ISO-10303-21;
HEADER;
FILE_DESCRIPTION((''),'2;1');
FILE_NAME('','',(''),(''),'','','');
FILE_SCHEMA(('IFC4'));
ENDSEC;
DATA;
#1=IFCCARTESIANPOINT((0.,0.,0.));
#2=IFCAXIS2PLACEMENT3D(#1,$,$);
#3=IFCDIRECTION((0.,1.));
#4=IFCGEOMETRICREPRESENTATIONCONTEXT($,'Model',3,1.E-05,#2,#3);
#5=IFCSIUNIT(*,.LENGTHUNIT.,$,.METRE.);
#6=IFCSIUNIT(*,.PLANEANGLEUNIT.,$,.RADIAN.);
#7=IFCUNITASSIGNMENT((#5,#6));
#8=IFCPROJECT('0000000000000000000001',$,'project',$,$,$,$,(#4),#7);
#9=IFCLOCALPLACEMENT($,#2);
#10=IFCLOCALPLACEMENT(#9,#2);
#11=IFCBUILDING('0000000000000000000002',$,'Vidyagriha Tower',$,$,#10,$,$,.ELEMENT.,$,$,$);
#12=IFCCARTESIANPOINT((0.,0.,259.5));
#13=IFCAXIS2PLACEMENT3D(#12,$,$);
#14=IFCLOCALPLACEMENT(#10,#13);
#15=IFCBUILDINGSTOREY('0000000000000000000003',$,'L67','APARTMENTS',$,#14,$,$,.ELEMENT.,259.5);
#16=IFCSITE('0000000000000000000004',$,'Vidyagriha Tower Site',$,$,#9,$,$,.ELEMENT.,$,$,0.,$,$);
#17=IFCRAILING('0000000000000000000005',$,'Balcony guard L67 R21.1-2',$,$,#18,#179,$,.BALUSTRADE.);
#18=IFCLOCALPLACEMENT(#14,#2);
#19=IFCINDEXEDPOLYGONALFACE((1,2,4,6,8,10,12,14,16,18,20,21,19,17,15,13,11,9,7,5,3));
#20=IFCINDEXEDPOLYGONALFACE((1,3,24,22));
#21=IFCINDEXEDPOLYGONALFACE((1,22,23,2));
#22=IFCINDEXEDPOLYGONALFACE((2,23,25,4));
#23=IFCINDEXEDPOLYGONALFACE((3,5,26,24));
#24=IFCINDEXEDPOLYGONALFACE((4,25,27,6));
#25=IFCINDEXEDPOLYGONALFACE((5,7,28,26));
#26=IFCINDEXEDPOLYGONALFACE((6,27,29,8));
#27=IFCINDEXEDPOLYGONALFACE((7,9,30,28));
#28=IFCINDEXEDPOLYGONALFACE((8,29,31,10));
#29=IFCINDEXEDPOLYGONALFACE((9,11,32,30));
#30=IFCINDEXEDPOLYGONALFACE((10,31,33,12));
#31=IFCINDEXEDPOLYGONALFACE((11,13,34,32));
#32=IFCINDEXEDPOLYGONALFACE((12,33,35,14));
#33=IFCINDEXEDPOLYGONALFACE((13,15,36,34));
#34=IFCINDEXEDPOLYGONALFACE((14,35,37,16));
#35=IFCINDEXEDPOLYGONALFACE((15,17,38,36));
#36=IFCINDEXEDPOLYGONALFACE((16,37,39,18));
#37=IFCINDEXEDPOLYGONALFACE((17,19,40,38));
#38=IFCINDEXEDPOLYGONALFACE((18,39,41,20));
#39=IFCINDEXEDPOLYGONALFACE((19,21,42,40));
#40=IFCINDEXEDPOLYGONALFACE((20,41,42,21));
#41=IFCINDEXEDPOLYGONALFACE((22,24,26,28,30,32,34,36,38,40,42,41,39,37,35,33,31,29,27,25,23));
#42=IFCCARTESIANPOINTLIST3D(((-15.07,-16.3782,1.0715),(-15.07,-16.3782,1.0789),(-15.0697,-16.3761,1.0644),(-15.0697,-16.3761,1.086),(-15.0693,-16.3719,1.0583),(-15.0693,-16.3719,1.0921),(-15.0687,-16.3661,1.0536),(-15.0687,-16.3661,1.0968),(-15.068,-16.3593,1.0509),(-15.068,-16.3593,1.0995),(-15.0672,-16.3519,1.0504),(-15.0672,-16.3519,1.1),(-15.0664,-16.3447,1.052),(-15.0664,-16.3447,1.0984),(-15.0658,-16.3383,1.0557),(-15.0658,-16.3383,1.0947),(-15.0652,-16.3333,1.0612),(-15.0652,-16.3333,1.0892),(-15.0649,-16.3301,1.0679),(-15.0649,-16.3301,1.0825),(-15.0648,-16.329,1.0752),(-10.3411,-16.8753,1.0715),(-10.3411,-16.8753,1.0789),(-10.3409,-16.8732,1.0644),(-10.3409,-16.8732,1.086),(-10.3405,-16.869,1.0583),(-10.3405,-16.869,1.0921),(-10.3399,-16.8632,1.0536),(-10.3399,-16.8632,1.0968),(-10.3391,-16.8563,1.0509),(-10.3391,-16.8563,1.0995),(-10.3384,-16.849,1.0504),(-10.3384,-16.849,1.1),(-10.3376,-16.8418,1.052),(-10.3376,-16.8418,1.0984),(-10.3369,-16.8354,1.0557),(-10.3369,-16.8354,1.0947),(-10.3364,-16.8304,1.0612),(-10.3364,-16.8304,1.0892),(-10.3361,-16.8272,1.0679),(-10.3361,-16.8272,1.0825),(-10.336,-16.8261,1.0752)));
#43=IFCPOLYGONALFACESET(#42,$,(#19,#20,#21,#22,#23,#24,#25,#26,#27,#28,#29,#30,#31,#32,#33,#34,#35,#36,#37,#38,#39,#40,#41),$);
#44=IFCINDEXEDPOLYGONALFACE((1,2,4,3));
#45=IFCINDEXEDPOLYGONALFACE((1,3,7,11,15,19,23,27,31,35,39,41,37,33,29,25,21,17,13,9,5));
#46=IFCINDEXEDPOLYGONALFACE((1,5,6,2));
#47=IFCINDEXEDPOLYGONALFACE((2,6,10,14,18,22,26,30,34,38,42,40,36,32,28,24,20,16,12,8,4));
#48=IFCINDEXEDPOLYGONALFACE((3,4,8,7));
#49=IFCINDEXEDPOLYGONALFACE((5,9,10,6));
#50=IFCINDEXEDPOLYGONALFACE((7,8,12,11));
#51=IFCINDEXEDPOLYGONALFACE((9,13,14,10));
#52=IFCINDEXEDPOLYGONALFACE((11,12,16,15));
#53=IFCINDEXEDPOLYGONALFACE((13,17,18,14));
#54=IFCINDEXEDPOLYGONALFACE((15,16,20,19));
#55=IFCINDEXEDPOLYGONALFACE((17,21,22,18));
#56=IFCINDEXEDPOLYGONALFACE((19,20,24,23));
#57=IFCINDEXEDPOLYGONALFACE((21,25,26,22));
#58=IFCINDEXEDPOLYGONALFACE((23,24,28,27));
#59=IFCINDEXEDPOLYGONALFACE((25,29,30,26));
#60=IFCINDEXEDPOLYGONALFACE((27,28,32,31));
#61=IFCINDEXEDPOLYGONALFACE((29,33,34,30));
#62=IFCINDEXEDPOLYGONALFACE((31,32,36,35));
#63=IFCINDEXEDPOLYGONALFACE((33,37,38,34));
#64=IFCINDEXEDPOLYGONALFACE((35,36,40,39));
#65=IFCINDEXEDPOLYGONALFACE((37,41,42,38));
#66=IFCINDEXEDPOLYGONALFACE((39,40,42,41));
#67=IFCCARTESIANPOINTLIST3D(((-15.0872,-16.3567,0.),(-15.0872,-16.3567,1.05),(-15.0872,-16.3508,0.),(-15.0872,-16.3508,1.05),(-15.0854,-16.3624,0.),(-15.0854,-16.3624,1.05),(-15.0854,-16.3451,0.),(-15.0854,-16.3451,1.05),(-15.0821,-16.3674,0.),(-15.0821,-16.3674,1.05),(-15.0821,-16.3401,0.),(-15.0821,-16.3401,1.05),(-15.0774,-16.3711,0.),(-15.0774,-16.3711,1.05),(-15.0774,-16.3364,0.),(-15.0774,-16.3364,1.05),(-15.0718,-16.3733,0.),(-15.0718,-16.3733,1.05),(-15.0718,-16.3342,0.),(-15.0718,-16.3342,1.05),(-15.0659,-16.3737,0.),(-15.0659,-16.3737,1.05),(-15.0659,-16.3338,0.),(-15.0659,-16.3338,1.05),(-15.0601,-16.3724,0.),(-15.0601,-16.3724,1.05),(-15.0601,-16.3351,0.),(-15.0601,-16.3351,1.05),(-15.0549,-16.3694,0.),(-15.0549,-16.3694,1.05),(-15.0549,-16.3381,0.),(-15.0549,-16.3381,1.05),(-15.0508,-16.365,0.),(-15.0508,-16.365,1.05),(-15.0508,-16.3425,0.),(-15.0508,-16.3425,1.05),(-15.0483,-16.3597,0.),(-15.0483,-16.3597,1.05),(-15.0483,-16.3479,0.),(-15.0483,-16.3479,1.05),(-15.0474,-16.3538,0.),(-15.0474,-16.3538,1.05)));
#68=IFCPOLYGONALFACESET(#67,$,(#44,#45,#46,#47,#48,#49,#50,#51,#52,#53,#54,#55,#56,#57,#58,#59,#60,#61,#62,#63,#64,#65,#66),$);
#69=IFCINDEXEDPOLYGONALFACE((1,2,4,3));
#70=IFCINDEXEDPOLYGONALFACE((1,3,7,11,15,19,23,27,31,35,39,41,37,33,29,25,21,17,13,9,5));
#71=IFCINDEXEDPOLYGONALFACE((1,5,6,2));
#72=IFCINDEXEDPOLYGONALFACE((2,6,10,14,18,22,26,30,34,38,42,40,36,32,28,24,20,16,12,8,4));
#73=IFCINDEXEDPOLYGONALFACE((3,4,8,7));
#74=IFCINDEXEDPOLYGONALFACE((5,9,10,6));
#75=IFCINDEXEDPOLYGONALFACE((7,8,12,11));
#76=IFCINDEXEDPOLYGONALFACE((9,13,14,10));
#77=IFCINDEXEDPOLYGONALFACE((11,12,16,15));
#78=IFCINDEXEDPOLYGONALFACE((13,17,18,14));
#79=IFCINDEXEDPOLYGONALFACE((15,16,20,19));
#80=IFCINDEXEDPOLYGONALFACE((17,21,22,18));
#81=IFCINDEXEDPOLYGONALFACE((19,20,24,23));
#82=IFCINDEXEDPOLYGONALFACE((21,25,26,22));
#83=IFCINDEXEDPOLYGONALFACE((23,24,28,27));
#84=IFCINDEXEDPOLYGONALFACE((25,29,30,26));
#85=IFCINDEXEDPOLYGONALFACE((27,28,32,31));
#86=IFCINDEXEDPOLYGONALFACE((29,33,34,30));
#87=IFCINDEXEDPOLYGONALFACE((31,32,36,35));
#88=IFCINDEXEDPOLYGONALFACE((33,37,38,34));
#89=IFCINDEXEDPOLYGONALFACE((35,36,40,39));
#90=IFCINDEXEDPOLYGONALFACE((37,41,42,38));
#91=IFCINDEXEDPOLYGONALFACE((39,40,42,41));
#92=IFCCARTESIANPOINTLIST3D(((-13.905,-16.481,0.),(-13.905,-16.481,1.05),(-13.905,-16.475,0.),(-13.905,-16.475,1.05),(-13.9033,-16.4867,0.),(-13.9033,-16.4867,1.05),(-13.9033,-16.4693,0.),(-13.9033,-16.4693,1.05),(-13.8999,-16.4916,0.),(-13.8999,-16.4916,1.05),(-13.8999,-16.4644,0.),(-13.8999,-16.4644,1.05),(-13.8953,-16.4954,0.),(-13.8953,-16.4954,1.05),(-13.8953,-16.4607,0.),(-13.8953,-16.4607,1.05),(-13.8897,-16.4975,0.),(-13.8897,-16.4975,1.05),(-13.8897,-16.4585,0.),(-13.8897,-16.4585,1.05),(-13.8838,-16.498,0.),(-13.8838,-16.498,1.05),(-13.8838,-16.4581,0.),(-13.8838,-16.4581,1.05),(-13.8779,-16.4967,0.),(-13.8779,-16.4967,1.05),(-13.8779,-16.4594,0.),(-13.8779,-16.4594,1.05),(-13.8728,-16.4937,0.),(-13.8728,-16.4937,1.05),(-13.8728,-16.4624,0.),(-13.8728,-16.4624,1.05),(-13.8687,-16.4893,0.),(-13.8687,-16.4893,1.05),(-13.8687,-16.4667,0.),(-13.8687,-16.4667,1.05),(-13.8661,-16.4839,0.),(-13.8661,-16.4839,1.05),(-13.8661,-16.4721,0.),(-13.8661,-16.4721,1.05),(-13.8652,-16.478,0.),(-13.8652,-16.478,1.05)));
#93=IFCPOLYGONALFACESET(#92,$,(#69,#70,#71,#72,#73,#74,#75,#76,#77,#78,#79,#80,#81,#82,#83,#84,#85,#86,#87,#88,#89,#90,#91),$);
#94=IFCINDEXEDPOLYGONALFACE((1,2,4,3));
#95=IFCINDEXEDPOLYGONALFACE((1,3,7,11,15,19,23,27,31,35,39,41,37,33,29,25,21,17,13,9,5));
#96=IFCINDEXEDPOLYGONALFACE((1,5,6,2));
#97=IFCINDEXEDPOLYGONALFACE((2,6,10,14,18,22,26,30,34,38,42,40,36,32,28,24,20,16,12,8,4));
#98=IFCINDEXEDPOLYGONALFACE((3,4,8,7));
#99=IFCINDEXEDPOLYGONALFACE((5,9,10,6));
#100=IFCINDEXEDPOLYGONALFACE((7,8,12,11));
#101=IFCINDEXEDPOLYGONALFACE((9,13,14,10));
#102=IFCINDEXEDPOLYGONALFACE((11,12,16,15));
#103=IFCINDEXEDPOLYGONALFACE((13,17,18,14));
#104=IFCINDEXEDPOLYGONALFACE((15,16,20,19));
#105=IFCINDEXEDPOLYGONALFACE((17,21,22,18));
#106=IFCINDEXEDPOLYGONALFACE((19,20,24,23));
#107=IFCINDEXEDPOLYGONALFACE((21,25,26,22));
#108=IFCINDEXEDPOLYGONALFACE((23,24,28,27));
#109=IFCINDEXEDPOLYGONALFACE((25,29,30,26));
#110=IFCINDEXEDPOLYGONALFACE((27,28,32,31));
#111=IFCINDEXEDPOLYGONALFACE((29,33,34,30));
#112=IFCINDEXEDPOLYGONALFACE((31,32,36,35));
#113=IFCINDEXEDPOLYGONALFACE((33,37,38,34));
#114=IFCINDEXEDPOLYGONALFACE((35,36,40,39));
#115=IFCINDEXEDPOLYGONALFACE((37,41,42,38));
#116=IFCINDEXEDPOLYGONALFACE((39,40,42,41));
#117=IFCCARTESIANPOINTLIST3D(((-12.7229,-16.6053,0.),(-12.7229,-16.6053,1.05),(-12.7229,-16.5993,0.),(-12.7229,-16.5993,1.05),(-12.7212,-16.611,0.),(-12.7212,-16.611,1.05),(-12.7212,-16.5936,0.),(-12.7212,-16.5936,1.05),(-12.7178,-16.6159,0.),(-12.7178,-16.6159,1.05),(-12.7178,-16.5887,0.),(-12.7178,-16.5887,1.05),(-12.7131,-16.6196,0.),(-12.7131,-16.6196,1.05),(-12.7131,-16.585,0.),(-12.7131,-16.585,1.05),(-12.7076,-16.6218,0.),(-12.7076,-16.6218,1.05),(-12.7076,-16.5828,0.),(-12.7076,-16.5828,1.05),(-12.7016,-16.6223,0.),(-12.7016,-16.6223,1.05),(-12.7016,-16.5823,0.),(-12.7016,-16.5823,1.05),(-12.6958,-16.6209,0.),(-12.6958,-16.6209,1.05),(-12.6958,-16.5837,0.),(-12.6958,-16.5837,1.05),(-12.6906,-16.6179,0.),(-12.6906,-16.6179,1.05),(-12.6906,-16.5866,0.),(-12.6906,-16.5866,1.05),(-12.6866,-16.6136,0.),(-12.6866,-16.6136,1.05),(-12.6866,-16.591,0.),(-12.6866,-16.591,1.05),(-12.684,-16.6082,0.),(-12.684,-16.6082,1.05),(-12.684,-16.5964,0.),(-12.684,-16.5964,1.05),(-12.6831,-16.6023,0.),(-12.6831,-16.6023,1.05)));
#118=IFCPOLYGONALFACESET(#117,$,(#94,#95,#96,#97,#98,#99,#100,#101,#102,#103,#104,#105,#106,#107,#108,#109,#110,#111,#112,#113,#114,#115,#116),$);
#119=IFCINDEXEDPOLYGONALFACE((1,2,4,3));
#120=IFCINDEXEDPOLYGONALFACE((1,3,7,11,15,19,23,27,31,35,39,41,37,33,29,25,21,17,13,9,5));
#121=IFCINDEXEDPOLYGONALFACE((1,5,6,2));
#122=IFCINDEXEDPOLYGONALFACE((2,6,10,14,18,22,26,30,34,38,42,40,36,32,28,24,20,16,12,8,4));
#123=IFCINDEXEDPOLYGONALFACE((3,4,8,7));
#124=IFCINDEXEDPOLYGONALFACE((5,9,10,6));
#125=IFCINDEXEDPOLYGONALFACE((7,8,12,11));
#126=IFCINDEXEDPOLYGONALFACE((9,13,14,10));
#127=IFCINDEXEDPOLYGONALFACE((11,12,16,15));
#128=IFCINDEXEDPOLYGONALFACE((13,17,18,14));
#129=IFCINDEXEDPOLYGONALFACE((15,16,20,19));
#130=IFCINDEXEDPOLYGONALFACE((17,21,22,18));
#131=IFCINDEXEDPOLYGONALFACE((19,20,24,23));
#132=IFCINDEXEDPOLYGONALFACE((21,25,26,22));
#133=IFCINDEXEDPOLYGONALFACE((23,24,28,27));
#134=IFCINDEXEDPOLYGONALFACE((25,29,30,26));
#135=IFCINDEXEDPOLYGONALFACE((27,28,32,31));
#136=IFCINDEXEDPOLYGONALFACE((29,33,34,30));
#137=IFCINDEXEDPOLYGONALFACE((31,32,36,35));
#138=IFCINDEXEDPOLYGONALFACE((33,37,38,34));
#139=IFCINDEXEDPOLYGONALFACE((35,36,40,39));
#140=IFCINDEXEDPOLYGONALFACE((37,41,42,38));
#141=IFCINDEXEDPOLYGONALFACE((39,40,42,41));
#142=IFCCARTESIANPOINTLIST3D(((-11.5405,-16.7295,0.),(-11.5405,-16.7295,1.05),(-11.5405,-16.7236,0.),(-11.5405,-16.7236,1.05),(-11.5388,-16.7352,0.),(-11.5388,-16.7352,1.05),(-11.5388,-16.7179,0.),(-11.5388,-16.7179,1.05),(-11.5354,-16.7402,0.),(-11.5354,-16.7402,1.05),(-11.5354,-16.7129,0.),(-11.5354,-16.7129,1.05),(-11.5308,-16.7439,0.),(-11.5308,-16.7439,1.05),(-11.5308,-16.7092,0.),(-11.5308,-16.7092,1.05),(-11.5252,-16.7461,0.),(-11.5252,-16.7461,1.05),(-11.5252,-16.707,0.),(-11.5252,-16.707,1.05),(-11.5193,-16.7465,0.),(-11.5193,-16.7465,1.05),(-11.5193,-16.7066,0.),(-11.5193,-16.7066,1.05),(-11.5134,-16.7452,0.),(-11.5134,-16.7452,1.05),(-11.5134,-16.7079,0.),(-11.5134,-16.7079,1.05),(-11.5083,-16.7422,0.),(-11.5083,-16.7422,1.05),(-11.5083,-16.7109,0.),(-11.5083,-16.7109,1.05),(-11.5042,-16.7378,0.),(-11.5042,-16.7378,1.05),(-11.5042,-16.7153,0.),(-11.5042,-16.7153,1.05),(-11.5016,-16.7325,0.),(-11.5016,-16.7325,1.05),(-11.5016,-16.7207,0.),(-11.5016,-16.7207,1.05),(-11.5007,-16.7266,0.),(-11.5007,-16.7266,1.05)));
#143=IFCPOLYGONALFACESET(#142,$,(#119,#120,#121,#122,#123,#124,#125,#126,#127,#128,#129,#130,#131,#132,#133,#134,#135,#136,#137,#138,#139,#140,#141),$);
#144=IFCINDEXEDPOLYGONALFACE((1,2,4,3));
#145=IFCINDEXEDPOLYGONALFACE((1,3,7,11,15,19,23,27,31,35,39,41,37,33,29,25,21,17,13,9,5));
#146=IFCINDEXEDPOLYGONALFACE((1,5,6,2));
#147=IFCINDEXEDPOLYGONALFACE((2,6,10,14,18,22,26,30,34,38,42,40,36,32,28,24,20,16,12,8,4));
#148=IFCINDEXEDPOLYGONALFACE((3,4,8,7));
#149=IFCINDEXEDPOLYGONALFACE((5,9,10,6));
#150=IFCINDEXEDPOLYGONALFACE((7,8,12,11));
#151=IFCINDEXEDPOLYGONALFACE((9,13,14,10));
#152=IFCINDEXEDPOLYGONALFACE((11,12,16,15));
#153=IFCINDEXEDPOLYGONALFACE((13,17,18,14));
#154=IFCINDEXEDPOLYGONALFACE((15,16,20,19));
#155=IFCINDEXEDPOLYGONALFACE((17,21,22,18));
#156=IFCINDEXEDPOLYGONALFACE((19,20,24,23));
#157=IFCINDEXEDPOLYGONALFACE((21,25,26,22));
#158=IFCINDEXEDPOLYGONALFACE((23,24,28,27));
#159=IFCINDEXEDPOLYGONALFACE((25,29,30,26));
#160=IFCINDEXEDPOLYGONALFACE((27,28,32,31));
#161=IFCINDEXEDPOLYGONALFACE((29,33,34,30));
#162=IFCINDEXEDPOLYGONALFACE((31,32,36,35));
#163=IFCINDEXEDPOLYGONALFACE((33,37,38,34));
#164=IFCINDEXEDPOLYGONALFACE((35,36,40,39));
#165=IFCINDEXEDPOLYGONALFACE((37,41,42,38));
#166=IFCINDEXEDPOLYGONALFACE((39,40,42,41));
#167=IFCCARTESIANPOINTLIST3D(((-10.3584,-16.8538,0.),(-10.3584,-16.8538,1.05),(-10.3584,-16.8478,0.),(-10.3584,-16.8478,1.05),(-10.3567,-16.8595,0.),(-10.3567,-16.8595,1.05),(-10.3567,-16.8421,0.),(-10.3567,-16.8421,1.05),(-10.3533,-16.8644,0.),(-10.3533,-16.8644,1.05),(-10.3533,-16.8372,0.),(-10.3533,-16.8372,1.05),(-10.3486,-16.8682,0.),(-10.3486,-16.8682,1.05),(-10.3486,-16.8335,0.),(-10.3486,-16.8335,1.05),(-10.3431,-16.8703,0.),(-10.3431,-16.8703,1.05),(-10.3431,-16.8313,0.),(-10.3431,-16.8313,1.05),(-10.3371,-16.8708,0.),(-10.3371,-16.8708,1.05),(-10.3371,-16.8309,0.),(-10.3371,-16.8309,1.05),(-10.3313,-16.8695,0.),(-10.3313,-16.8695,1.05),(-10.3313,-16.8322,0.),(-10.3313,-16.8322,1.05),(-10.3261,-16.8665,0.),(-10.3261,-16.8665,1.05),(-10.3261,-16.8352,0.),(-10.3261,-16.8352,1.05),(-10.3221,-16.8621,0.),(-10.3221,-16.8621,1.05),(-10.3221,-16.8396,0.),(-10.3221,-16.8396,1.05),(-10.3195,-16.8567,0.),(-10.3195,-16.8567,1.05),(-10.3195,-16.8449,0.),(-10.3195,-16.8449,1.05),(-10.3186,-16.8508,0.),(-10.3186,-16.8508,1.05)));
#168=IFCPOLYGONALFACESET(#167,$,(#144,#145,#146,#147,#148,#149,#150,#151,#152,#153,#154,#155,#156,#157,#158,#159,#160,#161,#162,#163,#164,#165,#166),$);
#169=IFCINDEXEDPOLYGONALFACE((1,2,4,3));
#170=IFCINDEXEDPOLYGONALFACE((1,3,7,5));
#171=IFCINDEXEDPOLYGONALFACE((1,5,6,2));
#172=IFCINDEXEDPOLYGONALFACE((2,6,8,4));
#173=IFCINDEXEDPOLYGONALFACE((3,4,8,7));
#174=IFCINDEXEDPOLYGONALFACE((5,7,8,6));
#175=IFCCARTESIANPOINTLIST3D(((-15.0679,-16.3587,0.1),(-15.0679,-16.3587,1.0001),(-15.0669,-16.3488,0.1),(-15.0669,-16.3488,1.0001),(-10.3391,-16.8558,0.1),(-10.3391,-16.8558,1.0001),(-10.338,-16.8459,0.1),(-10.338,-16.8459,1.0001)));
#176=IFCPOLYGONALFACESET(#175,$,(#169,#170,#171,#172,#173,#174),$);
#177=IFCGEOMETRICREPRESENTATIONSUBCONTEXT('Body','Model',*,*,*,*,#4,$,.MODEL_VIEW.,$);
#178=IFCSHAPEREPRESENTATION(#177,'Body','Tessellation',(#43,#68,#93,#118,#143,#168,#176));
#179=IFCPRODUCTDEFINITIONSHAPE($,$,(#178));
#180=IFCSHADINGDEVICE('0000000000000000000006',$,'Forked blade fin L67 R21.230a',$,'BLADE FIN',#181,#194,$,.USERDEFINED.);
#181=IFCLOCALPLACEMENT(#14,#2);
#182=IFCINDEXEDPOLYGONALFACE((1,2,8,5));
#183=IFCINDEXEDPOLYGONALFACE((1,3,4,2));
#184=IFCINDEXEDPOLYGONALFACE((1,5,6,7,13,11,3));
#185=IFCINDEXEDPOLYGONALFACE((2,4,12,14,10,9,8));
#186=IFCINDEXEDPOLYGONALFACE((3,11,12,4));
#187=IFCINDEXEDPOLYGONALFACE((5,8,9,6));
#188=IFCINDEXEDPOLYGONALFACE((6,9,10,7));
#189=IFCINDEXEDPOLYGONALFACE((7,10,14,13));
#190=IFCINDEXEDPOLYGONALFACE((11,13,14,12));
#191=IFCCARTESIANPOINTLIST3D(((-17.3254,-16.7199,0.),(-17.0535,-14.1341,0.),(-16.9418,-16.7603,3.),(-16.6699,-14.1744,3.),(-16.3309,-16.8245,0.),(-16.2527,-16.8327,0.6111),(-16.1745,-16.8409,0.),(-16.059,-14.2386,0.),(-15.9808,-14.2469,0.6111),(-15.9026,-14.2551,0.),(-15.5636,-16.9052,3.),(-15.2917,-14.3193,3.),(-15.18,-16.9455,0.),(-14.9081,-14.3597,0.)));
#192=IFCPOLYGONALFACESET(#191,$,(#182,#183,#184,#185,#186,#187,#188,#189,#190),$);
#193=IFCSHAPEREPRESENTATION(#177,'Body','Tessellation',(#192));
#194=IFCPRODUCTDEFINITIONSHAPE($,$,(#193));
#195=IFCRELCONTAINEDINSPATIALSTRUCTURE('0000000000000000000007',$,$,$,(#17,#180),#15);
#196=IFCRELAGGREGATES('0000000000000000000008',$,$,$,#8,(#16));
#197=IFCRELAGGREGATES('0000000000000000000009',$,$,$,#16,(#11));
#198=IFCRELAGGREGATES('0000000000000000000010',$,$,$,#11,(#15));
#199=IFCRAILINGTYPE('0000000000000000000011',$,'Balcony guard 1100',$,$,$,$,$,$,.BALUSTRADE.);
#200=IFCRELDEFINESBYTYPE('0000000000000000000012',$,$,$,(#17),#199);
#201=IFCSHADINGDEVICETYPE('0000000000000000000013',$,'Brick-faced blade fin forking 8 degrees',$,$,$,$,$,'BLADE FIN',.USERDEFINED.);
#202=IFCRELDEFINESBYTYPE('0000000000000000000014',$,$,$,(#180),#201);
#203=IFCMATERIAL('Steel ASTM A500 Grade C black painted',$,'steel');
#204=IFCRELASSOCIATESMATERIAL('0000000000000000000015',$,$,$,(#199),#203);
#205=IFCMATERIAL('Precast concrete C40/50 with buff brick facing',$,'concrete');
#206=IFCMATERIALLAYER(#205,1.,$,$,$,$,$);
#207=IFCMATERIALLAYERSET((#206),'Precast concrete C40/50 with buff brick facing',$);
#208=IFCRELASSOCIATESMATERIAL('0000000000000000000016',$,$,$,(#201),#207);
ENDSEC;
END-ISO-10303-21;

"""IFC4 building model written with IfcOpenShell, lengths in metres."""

from ifc_helpers import new_model, si_unit, direction, frame, origin, origin_2d, place, context, subcontext, project, spatial, polyline, rectangle, circle, outline, extrude, material, layer, layer_set, type_object, element, save


model = new_model("IFC4")

# Units and contexts
model_context = context("Model", 3, precision=1e-05, world=origin(), true_north=direction((0.0, 1.0)))
body_context = subcontext(model_context, "Body", "Model", "MODEL_VIEW")
ifc_project = project(units=[si_unit("LENGTHUNIT", "METRE"), si_unit("PLANEANGLEUNIT", "RADIAN")], contexts=[model_context])

# Site, building, storey
site_placement = place(None, origin())
site = spatial("IfcSite", under=ifc_project, at=site_placement, Name="Vidyagriha Tower Site", CompositionType="ELEMENT", RefElevation=0.0)
building_placement = place(site_placement, origin())
building = spatial("IfcBuilding", under=site, at=building_placement, Name="Vidyagriha Tower", CompositionType="ELEMENT")
storey_placement = place(building_placement, frame((0.0, 0.0, 259.5)))
storey = spatial("IfcBuildingStorey", under=building, at=storey_placement, Name="L67", Description="APARTMENTS", CompositionType="ELEMENT", Elevation=259.5)

# Railing
ifc_material_1 = material(Name="Steel ASTM A500 Grade C black painted", Category="steel")
railing_type_1 = type_object("IfcRailingType", Name="Balcony guard 1100", PredefinedType="BALUSTRADE", material=ifc_material_1)
railing_1_placement = place(storey_placement, frame((-15.0674, -16.3538, 0.0)))
element("IfcRailing", 1, at=railing_1_placement, inside=storey, type_object=railing_type_1, Name="Balcony guard L67 R21.1-2", PredefinedType="BALUSTRADE", context=body_context, shape_type="SweptSolid", body=[
    extrude(circle(Radius=0.0249, at=origin_2d()), frame((0.0, 0.0, 1.0752), z_axis=(0.994521, -0.10454, 0.0), x_axis=(0.10454, 0.994521, 0.0)), (0.0, 0.0, 1.0), 4.7549),
    extrude(circle(Radius=0.02, at=origin_2d()), origin(), (0.0, 0.0, 1.0), 1.05),
    extrude(circle(Radius=0.02, at=origin_2d()), frame((1.1821, -0.1243, 0.0)), (0.0, 0.0, 1.0), 1.05),
    extrude(circle(Radius=0.02, at=origin_2d()), frame((2.3643, -0.2485, 0.0)), (0.0, 0.0, 1.0), 1.05),
    extrude(circle(Radius=0.02, at=origin_2d()), frame((3.5466, -0.3728, 0.0)), (0.0, 0.0, 1.0), 1.05),
    extrude(circle(Radius=0.02, at=origin_2d()), frame((4.7288, -0.4971, 0.0)), (0.0, 0.0, 1.0), 1.05),
    extrude(rectangle(XDim=0.01, YDim=0.9001, at=origin_2d()), frame((0.0, 0.0, 0.55), z_axis=(0.994521, -0.10454, 0.0), x_axis=(0.10454, 0.994521, 0.0)), (0.0, 0.0, 1.0), 4.7549),
])

# Shading device
ifc_material_2 = material(Name="Precast concrete C40/50 with buff brick facing", Category="concrete")
ifc_layer_1 = layer(ifc_material_2, 1.0)
ifc_layer_set_1 = layer_set([ifc_layer_1], Name="Precast concrete C40/50 with buff brick facing")
shading_device_type = type_object("IfcShadingDeviceType", Name="Brick-faced blade fin forking 8 degrees", ElementType="BLADE FIN", PredefinedType="USERDEFINED", material=ifc_layer_set_1)
shading_device_placement = place(storey_placement, frame((-17.1895, -15.427, 0.0), z_axis=(0.0, 0.0, 1.0), x_axis=(0.994518, -0.104567, 0.0)))
element("IfcShadingDevice", 2, at=shading_device_placement, inside=storey, type_object=shading_device_type, Name="Forked blade fin L67 R21.230a", ObjectType="BLADE FIN", PredefinedType="USERDEFINED", context=body_context, shape_type="SweptSolid", body=[
    extrude(outline(polyline([(1.0, 0.0), (1.0786, 0.6111), (1.1572, 0.0), (2.1572, 0.0), (1.7715, 3.0), (0.3857, 3.0), (0.0, 0.0), (1.0, 0.0)])), frame((0.0, 1.3, 0.0), z_axis=(0.0, -1.0, 0.0), x_axis=(1.0, 0.0, 0.0)), (0.0, 0.0, 1.0), 2.6001),
])

save(model, "model.ifc")
